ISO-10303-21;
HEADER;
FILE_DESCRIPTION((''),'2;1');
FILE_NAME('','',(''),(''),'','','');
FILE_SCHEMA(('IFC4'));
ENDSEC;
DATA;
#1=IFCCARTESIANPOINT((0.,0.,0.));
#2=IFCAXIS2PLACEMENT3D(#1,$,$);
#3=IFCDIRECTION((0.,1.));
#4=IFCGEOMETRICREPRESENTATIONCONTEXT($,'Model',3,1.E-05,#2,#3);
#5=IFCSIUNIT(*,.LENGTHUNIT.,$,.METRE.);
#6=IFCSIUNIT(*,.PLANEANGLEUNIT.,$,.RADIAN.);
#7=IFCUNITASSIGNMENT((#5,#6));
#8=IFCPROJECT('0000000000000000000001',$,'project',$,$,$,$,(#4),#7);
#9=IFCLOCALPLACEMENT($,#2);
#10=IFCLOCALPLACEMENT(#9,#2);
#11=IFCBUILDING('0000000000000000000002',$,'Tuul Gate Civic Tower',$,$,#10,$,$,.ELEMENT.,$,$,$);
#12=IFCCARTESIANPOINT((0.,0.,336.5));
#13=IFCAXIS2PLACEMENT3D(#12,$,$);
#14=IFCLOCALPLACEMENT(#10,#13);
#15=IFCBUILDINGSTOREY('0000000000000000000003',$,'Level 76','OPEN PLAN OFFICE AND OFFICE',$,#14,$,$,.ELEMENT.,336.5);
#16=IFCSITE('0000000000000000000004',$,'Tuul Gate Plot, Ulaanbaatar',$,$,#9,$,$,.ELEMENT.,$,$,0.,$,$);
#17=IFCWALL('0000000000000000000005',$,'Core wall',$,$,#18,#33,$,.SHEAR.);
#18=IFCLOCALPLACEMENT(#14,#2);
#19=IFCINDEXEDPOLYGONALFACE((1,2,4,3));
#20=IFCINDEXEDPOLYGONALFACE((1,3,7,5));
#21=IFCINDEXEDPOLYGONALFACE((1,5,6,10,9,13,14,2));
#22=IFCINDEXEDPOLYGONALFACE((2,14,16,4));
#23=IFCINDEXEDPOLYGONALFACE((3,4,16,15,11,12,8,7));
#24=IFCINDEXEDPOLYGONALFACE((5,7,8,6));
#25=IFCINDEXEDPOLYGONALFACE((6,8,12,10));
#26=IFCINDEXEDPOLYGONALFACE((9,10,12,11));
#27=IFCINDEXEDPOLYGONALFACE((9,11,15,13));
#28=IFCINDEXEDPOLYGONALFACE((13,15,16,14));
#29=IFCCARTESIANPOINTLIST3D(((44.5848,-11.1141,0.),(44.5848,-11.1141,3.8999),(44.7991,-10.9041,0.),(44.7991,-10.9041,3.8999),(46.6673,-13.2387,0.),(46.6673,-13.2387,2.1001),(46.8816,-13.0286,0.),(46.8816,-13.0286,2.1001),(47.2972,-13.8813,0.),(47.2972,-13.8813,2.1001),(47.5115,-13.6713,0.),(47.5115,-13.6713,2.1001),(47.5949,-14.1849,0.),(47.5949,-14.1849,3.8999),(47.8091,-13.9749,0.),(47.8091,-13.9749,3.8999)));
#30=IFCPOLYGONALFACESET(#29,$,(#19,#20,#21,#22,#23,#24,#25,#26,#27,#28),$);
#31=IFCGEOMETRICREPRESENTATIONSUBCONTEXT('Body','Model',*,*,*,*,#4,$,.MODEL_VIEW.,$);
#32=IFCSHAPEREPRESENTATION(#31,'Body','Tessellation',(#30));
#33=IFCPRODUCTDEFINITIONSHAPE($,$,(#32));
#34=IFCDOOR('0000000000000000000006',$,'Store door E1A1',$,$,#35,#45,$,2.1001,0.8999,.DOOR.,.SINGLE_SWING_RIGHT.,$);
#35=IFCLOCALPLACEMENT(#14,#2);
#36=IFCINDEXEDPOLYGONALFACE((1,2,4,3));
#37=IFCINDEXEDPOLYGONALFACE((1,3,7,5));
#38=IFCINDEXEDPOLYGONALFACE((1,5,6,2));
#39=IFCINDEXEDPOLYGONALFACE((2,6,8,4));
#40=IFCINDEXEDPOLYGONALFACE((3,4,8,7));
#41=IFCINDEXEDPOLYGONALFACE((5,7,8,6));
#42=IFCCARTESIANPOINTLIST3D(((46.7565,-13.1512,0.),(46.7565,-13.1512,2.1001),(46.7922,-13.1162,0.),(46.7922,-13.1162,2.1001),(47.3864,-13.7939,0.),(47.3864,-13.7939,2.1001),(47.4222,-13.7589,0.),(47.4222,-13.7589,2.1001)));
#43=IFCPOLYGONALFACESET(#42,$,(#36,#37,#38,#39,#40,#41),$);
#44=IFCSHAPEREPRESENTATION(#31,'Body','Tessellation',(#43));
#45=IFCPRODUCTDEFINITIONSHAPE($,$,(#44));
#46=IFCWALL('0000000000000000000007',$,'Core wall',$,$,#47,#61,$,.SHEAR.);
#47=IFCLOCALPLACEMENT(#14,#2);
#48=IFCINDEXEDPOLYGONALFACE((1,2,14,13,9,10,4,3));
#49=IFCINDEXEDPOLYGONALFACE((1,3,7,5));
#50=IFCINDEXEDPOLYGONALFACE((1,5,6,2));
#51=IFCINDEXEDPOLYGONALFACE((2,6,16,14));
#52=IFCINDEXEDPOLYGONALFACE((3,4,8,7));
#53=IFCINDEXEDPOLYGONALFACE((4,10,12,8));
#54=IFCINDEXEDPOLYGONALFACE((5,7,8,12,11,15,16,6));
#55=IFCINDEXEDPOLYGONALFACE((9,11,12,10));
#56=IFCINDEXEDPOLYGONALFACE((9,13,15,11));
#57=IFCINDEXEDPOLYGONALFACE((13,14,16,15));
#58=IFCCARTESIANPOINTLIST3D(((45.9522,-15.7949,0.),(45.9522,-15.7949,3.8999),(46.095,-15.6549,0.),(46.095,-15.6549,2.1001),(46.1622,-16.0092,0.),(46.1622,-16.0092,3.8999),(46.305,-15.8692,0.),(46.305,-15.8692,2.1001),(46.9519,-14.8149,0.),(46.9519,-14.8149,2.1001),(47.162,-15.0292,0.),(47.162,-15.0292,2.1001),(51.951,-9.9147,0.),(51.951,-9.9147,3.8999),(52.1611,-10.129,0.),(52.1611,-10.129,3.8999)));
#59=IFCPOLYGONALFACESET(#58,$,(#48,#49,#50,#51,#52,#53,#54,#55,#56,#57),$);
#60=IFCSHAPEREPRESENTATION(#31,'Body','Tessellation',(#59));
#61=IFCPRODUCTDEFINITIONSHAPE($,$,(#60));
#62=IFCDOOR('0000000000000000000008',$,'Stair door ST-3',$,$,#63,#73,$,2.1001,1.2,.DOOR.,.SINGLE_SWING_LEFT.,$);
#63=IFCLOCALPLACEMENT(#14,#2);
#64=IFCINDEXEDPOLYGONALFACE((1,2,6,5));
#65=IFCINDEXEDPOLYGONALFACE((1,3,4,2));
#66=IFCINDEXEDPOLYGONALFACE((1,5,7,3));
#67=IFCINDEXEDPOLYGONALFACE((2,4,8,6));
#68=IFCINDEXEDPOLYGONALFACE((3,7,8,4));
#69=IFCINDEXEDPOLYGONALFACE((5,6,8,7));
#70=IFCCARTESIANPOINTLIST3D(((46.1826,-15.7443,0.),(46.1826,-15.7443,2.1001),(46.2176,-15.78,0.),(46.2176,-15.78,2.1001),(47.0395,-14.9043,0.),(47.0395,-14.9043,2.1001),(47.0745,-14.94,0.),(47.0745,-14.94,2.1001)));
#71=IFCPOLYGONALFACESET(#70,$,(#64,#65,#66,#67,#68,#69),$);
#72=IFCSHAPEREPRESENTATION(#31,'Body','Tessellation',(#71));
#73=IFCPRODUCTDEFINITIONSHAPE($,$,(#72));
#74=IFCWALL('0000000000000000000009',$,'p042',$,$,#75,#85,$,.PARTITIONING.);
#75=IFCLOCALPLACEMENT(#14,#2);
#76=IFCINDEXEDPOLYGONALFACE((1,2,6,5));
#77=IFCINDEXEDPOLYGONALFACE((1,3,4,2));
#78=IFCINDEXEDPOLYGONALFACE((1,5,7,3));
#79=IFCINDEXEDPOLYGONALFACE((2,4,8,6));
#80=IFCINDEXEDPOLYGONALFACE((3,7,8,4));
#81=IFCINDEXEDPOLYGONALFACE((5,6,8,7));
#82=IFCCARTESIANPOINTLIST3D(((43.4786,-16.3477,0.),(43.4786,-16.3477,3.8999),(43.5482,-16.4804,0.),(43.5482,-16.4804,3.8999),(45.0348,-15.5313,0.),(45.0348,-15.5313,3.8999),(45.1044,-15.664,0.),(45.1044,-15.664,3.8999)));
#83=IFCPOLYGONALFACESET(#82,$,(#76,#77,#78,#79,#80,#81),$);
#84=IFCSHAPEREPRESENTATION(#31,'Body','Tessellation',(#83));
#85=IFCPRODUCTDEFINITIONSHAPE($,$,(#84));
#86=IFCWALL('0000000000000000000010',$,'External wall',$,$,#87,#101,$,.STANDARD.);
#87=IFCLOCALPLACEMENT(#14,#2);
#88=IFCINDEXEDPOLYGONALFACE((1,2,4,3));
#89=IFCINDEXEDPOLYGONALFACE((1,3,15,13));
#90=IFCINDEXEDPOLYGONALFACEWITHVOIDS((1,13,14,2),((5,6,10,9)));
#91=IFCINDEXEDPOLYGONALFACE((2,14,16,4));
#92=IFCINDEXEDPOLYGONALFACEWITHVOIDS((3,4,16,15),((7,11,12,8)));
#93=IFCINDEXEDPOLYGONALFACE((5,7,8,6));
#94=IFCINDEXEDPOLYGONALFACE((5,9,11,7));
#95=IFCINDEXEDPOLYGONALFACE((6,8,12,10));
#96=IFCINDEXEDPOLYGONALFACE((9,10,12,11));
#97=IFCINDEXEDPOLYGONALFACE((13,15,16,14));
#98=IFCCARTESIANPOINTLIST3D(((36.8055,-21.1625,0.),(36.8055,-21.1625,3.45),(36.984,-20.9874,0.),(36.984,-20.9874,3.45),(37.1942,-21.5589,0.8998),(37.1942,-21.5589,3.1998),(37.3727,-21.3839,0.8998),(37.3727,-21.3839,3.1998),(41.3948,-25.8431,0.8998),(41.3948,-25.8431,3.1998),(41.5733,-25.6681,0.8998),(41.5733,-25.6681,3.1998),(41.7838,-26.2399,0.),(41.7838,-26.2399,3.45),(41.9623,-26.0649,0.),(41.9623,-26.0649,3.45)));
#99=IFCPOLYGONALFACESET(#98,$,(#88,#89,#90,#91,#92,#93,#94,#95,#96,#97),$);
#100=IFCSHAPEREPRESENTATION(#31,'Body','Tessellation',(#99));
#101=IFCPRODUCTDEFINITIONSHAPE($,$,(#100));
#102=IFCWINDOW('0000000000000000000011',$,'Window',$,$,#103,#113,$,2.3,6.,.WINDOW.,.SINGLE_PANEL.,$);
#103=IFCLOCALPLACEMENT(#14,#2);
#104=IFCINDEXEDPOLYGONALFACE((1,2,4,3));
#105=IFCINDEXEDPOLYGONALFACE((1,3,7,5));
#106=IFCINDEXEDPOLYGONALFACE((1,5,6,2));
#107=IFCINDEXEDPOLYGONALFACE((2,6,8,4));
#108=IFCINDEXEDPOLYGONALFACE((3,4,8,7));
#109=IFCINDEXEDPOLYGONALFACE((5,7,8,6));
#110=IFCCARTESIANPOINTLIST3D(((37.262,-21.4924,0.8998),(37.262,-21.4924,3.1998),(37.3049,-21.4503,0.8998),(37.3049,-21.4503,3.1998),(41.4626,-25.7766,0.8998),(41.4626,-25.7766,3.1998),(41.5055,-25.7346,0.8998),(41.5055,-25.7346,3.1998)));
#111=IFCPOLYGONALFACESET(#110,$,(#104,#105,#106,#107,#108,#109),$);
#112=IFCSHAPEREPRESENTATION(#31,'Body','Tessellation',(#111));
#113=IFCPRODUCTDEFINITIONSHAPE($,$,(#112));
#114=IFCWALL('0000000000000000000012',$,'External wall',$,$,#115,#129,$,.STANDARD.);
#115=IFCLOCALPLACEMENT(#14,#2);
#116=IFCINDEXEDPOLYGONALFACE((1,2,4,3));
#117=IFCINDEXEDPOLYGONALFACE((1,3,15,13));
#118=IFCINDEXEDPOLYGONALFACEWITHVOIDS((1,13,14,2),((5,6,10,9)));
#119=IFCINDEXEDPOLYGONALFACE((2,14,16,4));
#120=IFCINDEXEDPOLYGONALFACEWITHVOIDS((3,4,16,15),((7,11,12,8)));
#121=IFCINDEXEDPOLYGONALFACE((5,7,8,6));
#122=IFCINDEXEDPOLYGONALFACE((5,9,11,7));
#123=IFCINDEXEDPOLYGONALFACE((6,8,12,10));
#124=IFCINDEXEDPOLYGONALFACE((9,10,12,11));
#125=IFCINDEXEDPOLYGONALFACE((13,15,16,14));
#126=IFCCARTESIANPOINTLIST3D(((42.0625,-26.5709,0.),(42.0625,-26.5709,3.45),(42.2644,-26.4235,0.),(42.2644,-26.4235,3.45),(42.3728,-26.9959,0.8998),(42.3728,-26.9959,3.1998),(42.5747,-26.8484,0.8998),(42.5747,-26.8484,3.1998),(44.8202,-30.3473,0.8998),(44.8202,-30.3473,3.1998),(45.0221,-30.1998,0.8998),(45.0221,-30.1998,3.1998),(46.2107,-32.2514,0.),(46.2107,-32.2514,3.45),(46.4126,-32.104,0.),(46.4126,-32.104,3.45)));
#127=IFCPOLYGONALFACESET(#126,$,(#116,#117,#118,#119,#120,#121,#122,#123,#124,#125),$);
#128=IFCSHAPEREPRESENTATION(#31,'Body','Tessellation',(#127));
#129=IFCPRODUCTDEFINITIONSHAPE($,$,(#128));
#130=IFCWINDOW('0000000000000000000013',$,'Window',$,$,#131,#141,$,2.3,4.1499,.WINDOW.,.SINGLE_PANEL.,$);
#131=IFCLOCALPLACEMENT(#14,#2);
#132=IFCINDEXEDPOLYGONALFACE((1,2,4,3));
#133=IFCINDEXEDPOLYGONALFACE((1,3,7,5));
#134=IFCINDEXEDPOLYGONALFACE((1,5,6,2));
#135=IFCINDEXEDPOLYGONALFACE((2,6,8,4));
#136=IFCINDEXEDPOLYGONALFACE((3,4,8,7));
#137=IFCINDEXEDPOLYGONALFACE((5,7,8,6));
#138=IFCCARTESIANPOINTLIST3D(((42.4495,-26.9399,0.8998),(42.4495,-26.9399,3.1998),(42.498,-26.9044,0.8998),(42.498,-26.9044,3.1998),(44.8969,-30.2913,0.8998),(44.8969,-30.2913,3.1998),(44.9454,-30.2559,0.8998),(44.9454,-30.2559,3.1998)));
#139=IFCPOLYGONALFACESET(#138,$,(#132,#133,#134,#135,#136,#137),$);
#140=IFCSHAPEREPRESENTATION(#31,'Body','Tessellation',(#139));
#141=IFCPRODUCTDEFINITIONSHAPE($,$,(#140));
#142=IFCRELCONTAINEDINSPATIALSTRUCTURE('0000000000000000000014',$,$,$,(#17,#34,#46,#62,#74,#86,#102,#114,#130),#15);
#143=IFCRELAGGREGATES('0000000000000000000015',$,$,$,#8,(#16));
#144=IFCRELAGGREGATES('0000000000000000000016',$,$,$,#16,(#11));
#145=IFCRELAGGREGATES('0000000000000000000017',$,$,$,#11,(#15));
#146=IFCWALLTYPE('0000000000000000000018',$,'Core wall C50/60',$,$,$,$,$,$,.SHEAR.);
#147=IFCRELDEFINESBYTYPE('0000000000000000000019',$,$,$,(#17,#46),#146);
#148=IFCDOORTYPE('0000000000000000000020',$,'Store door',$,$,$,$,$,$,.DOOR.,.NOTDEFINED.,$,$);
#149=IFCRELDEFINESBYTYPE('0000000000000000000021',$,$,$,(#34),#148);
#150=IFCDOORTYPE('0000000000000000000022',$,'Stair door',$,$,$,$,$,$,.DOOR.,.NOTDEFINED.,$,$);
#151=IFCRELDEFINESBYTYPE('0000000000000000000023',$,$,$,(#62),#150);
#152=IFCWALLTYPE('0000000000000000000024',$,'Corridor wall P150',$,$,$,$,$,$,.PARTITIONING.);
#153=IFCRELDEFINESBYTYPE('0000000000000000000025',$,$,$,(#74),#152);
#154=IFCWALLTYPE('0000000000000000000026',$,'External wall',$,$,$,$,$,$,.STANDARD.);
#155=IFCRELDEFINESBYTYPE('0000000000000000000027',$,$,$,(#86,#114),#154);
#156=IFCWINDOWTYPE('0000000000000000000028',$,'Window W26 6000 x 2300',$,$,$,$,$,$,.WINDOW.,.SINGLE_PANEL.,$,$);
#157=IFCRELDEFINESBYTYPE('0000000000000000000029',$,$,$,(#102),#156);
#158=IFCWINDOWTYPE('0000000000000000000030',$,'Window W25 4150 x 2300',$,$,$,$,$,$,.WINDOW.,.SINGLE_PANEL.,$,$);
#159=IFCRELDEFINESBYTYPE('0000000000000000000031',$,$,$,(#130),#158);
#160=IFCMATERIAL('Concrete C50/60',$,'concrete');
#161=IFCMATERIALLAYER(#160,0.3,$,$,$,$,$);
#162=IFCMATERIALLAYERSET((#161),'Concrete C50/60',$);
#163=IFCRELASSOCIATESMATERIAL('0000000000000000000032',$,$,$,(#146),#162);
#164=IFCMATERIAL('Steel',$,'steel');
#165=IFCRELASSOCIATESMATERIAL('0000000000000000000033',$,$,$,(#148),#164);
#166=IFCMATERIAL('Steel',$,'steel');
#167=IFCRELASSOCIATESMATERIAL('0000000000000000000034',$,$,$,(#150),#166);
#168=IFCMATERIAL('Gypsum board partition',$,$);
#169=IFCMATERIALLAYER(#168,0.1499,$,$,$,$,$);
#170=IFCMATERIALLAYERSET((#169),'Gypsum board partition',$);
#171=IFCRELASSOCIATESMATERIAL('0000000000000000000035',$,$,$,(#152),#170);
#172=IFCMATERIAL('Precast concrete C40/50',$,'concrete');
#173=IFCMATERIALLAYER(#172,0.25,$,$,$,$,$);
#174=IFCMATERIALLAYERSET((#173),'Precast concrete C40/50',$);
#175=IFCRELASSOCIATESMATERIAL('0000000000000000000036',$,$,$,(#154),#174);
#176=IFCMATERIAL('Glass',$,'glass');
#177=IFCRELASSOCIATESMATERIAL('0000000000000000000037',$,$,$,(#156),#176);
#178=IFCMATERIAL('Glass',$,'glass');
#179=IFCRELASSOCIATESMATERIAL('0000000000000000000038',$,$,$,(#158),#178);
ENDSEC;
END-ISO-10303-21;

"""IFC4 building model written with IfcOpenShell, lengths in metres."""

from ifc_helpers import new_model, si_unit, direction, frame, frame_2d, origin, place, context, subcontext, project, spatial, rectangle, extrude, material, layer, layer_set, type_object, element, fill, save


model = new_model("IFC4")

# Units and contexts
model_context = context("Model", 3, precision=1e-05, world=origin(), true_north=direction((0.0, 1.0)))
body_context = subcontext(model_context, "Body", "Model", "MODEL_VIEW")
ifc_project = project(units=[si_unit("LENGTHUNIT", "METRE"), si_unit("PLANEANGLEUNIT", "RADIAN")], contexts=[model_context])

# Site, building, storey
site_placement = place(None, origin())
site = spatial("IfcSite", under=ifc_project, at=site_placement, Name="Tuul Gate Plot, Ulaanbaatar", CompositionType="ELEMENT", RefElevation=0.0)
building_placement = place(site_placement, origin())
building = spatial("IfcBuilding", under=site, at=building_placement, Name="Tuul Gate Civic Tower", CompositionType="ELEMENT")
storey_placement = place(building_placement, frame((0.0, 0.0, 336.5)))
storey = spatial("IfcBuildingStorey", under=building, at=storey_placement, Name="Level 76", Description="OPEN PLAN OFFICE AND OFFICE", CompositionType="ELEMENT", Elevation=336.5)

# Walls, openings, doors
ifc_material_1 = material(Name="Concrete C50/60", Category="concrete")
ifc_layer_1 = layer(ifc_material_1, 0.3)
ifc_layer_set_1 = layer_set([ifc_layer_1], Name="Concrete C50/60")
wall_type_1 = type_object("IfcWallType", Name="Core wall C50/60", PredefinedType="SHEAR", material=ifc_layer_set_1)
wall_1_placement = place(storey_placement, frame((47.7019, -14.0798, 0.0), z_axis=(0.0, 0.0, 1.0), x_axis=(-0.700003, 0.71414, 0.0)))
wall_1 = element("IfcWall", 1, at=wall_1_placement, inside=storey, type_object=wall_type_1, Name="Core wall", PredefinedType="SHEAR", context=body_context, shape_type="SweptSolid", body=[
    extrude(rectangle(XDim=4.3, YDim=0.3, at=frame_2d((2.1499, 0.0))), origin(), (0.0, 0.0, 1.0), 3.8999),
])
opening_1_placement = place(wall_1_placement, frame((0.425, 0.0, 0.0)))
opening_1 = element("IfcOpeningElement", 2, at=opening_1_placement, cuts=wall_1, PredefinedType="OPENING", context=body_context, shape_type="SweptSolid", body=[
    extrude(rectangle(XDim=0.8999, YDim=2.1001, at=frame_2d((0.45, 1.05))), frame((0.0, 0.1602, 0.0), z_axis=(0.0, -1.0, 0.0), x_axis=(1.0, 0.0, 0.0)), (0.0, 0.0, 1.0), 0.3201),
])
ifc_material_2 = material(Name="Steel", Category="steel")
door_type_1 = type_object("IfcDoorType", Name="Store door", OperationType="NOTDEFINED", PredefinedType="DOOR", material=ifc_material_2)
door_1_placement = place(opening_1_placement, frame((0.8999, 0.0, 0.0), z_axis=(0.0, 0.0, 1.0), x_axis=(-1.0, 0.0, 0.0)))
door_1 = element("IfcDoor", 3, at=door_1_placement, inside=storey, type_object=door_type_1, Name="Store door E1A1", OperationType="SINGLE_SWING_RIGHT", OverallHeight=2.1001, OverallWidth=0.8999, PredefinedType="DOOR", context=body_context, shape_type="SweptSolid", body=[
    extrude(rectangle(XDim=0.8999, YDim=2.1001, at=frame_2d((0.45, 1.05))), frame((0.0, 0.0249, 0.0), z_axis=(0.0, -1.0, 0.0), x_axis=(1.0, 0.0, 0.0)), (0.0, 0.0, 1.0), 0.05),
])
fill(opening_1, door_1)
wall_2_placement = place(storey_placement, frame((46.0571, -15.9021, 0.0), z_axis=(0.0, 0.0, 1.0), x_axis=(0.714134, 0.700009, 0.0)))
wall_2 = element("IfcWall", 4, at=wall_2_placement, inside=storey, type_object=wall_type_1, Name="Core wall", PredefinedType="SHEAR", context=body_context, shape_type="SweptSolid", body=[
    extrude(rectangle(XDim=8.4001, YDim=0.3, at=frame_2d((4.2002, 0.0))), origin(), (0.0, 0.0, 1.0), 3.8999),
])
opening_2_placement = place(wall_2_placement, frame((0.2, 0.0, 0.0)))
opening_2 = element("IfcOpeningElement", 5, at=opening_2_placement, cuts=wall_2, PredefinedType="OPENING", context=body_context, shape_type="SweptSolid", body=[
    extrude(rectangle(XDim=1.2, YDim=2.1001, at=frame_2d((0.6001, 1.05))), frame((0.0, 0.1602, 0.0), z_axis=(0.0, -1.0, 0.0), x_axis=(1.0, 0.0, 0.0)), (0.0, 0.0, 1.0), 0.3201),
])
ifc_material_3 = material(Name="Steel", Category="steel")
door_type_2 = type_object("IfcDoorType", Name="Stair door", OperationType="NOTDEFINED", PredefinedType="DOOR", material=ifc_material_3)
door_2_placement = place(opening_2_placement, origin())
door_2 = element("IfcDoor", 6, at=door_2_placement, inside=storey, type_object=door_type_2, Name="Stair door ST-3", OperationType="SINGLE_SWING_LEFT", OverallHeight=2.1001, OverallWidth=1.2, PredefinedType="DOOR", context=body_context, shape_type="SweptSolid", body=[
    extrude(rectangle(XDim=1.2, YDim=2.1001, at=frame_2d((0.6001, 1.05))), frame((0.0, 0.0249, 0.0), z_axis=(0.0, -1.0, 0.0), x_axis=(1.0, 0.0, 0.0)), (0.0, 0.0, 1.0), 0.05),
])
fill(opening_2, door_2)

# Wall
ifc_material_4 = material(Name="Gypsum board partition")
ifc_layer_2 = layer(ifc_material_4, 0.1499)
ifc_layer_set_2 = layer_set([ifc_layer_2], Name="Gypsum board partition")
wall_type_2 = type_object("IfcWallType", Name="Corridor wall P150", PredefinedType="PARTITIONING", material=ifc_layer_set_2)
wall_3_placement = place(storey_placement, frame((43.5134, -16.4141, 0.0), z_axis=(0.0, 0.0, 1.0), x_axis=(0.885532, 0.464578, 0.0)))
element("IfcWall", 7, at=wall_3_placement, inside=storey, type_object=wall_type_2, Name="p042", PredefinedType="PARTITIONING", context=body_context, shape_type="SweptSolid", body=[
    extrude(rectangle(XDim=1.7573, YDim=0.1499, at=frame_2d((0.8787, 0.0))), origin(), (0.0, 0.0, 1.0), 3.8999),
])

# Walls, openings, windows
ifc_material_5 = material(Name="Precast concrete C40/50", Category="concrete")
ifc_layer_3 = layer(ifc_material_5, 0.25)
ifc_layer_set_3 = layer_set([ifc_layer_3], Name="Precast concrete C40/50")
wall_type_3 = type_object("IfcWallType", Name="External wall", PredefinedType="STANDARD", material=ifc_layer_set_3)
wall_4_placement = place(storey_placement, frame((36.8948, -21.075, 0.0), z_axis=(0.0, 0.0, 1.0), x_axis=(0.700103, -0.714042, 0.0)))
wall_4 = element("IfcWall", 8, at=wall_4_placement, inside=storey, type_object=wall_type_3, Name="External wall", PredefinedType="STANDARD", context=body_context, shape_type="SweptSolid", body=[
    extrude(rectangle(XDim=7.1108, YDim=0.25, at=frame_2d((3.5554, 0.0))), origin(), (0.0, 0.0, 1.0), 3.45),
])
opening_3_placement = place(wall_4_placement, frame((0.5552, 0.0, 0.8999)))
opening_3 = element("IfcOpeningElement", 9, at=opening_3_placement, cuts=wall_4, PredefinedType="OPENING", context=body_context, shape_type="SweptSolid", body=[
    extrude(rectangle(XDim=6.0, YDim=2.3, at=frame_2d((3.0, 1.1499))), frame((0.0, 0.135, 0.0), z_axis=(0.0, -1.0, 0.0), x_axis=(1.0, 0.0, 0.0)), (0.0, 0.0, 1.0), 0.27),
])
ifc_material_6 = material(Name="Glass", Category="glass")
window_type_1 = type_object("IfcWindowType", Name="Window W26 6000 x 2300", PartitioningType="SINGLE_PANEL", PredefinedType="WINDOW", material=ifc_material_6)
window_1_placement = place(opening_3_placement, origin())
window_1 = element("IfcWindow", 10, at=window_1_placement, inside=storey, type_object=window_type_1, Name="Window", OverallHeight=2.3, OverallWidth=6.0, PartitioningType="SINGLE_PANEL", PredefinedType="WINDOW", context=body_context, shape_type="SweptSolid", body=[
    extrude(rectangle(XDim=6.0, YDim=2.3, at=frame_2d((3.0, 1.1499))), frame((0.0, 0.03, 0.0), z_axis=(0.0, -1.0, 0.0), x_axis=(1.0, 0.0, 0.0)), (0.0, 0.0, 1.0), 0.0601),
])
fill(opening_3, window_1)
wall_5_placement = place(storey_placement, frame((42.1633, -26.4971, 0.0), z_axis=(0.0, 0.0, 1.0), x_axis=(0.589749, -0.807586, 0.0)))
wall_5 = element("IfcWall", 11, at=wall_5_placement, inside=storey, type_object=wall_type_3, Name="External wall", PredefinedType="STANDARD", context=body_context, shape_type="SweptSolid", body=[
    extrude(rectangle(XDim=7.0339, YDim=0.25, at=frame_2d((3.5171, 0.0))), origin(), (0.0, 0.0, 1.0), 3.45),
])
opening_4_placement = place(wall_5_placement, frame((0.5264, 0.0, 0.8999)))
opening_4 = element("IfcOpeningElement", 12, at=opening_4_placement, cuts=wall_5, PredefinedType="OPENING", context=body_context, shape_type="SweptSolid", body=[
    extrude(rectangle(XDim=4.1499, YDim=2.3, at=frame_2d((2.075, 1.1499))), frame((0.0, 0.135, 0.0), z_axis=(0.0, -1.0, 0.0), x_axis=(1.0, 0.0, 0.0)), (0.0, 0.0, 1.0), 0.27),
])
ifc_material_7 = material(Name="Glass", Category="glass")
window_type_2 = type_object("IfcWindowType", Name="Window W25 4150 x 2300", PartitioningType="SINGLE_PANEL", PredefinedType="WINDOW", material=ifc_material_7)
window_2_placement = place(opening_4_placement, origin())
window_2 = element("IfcWindow", 13, at=window_2_placement, inside=storey, type_object=window_type_2, Name="Window", OverallHeight=2.3, OverallWidth=4.1499, PartitioningType="SINGLE_PANEL", PredefinedType="WINDOW", context=body_context, shape_type="SweptSolid", body=[
    extrude(rectangle(XDim=4.1499, YDim=2.3, at=frame_2d((2.075, 1.1499))), frame((0.0, 0.03, 0.0), z_axis=(0.0, -1.0, 0.0), x_axis=(1.0, 0.0, 0.0)), (0.0, 0.0, 1.0), 0.0601),
])
fill(opening_4, window_2)

save(model, "model.ifc")
